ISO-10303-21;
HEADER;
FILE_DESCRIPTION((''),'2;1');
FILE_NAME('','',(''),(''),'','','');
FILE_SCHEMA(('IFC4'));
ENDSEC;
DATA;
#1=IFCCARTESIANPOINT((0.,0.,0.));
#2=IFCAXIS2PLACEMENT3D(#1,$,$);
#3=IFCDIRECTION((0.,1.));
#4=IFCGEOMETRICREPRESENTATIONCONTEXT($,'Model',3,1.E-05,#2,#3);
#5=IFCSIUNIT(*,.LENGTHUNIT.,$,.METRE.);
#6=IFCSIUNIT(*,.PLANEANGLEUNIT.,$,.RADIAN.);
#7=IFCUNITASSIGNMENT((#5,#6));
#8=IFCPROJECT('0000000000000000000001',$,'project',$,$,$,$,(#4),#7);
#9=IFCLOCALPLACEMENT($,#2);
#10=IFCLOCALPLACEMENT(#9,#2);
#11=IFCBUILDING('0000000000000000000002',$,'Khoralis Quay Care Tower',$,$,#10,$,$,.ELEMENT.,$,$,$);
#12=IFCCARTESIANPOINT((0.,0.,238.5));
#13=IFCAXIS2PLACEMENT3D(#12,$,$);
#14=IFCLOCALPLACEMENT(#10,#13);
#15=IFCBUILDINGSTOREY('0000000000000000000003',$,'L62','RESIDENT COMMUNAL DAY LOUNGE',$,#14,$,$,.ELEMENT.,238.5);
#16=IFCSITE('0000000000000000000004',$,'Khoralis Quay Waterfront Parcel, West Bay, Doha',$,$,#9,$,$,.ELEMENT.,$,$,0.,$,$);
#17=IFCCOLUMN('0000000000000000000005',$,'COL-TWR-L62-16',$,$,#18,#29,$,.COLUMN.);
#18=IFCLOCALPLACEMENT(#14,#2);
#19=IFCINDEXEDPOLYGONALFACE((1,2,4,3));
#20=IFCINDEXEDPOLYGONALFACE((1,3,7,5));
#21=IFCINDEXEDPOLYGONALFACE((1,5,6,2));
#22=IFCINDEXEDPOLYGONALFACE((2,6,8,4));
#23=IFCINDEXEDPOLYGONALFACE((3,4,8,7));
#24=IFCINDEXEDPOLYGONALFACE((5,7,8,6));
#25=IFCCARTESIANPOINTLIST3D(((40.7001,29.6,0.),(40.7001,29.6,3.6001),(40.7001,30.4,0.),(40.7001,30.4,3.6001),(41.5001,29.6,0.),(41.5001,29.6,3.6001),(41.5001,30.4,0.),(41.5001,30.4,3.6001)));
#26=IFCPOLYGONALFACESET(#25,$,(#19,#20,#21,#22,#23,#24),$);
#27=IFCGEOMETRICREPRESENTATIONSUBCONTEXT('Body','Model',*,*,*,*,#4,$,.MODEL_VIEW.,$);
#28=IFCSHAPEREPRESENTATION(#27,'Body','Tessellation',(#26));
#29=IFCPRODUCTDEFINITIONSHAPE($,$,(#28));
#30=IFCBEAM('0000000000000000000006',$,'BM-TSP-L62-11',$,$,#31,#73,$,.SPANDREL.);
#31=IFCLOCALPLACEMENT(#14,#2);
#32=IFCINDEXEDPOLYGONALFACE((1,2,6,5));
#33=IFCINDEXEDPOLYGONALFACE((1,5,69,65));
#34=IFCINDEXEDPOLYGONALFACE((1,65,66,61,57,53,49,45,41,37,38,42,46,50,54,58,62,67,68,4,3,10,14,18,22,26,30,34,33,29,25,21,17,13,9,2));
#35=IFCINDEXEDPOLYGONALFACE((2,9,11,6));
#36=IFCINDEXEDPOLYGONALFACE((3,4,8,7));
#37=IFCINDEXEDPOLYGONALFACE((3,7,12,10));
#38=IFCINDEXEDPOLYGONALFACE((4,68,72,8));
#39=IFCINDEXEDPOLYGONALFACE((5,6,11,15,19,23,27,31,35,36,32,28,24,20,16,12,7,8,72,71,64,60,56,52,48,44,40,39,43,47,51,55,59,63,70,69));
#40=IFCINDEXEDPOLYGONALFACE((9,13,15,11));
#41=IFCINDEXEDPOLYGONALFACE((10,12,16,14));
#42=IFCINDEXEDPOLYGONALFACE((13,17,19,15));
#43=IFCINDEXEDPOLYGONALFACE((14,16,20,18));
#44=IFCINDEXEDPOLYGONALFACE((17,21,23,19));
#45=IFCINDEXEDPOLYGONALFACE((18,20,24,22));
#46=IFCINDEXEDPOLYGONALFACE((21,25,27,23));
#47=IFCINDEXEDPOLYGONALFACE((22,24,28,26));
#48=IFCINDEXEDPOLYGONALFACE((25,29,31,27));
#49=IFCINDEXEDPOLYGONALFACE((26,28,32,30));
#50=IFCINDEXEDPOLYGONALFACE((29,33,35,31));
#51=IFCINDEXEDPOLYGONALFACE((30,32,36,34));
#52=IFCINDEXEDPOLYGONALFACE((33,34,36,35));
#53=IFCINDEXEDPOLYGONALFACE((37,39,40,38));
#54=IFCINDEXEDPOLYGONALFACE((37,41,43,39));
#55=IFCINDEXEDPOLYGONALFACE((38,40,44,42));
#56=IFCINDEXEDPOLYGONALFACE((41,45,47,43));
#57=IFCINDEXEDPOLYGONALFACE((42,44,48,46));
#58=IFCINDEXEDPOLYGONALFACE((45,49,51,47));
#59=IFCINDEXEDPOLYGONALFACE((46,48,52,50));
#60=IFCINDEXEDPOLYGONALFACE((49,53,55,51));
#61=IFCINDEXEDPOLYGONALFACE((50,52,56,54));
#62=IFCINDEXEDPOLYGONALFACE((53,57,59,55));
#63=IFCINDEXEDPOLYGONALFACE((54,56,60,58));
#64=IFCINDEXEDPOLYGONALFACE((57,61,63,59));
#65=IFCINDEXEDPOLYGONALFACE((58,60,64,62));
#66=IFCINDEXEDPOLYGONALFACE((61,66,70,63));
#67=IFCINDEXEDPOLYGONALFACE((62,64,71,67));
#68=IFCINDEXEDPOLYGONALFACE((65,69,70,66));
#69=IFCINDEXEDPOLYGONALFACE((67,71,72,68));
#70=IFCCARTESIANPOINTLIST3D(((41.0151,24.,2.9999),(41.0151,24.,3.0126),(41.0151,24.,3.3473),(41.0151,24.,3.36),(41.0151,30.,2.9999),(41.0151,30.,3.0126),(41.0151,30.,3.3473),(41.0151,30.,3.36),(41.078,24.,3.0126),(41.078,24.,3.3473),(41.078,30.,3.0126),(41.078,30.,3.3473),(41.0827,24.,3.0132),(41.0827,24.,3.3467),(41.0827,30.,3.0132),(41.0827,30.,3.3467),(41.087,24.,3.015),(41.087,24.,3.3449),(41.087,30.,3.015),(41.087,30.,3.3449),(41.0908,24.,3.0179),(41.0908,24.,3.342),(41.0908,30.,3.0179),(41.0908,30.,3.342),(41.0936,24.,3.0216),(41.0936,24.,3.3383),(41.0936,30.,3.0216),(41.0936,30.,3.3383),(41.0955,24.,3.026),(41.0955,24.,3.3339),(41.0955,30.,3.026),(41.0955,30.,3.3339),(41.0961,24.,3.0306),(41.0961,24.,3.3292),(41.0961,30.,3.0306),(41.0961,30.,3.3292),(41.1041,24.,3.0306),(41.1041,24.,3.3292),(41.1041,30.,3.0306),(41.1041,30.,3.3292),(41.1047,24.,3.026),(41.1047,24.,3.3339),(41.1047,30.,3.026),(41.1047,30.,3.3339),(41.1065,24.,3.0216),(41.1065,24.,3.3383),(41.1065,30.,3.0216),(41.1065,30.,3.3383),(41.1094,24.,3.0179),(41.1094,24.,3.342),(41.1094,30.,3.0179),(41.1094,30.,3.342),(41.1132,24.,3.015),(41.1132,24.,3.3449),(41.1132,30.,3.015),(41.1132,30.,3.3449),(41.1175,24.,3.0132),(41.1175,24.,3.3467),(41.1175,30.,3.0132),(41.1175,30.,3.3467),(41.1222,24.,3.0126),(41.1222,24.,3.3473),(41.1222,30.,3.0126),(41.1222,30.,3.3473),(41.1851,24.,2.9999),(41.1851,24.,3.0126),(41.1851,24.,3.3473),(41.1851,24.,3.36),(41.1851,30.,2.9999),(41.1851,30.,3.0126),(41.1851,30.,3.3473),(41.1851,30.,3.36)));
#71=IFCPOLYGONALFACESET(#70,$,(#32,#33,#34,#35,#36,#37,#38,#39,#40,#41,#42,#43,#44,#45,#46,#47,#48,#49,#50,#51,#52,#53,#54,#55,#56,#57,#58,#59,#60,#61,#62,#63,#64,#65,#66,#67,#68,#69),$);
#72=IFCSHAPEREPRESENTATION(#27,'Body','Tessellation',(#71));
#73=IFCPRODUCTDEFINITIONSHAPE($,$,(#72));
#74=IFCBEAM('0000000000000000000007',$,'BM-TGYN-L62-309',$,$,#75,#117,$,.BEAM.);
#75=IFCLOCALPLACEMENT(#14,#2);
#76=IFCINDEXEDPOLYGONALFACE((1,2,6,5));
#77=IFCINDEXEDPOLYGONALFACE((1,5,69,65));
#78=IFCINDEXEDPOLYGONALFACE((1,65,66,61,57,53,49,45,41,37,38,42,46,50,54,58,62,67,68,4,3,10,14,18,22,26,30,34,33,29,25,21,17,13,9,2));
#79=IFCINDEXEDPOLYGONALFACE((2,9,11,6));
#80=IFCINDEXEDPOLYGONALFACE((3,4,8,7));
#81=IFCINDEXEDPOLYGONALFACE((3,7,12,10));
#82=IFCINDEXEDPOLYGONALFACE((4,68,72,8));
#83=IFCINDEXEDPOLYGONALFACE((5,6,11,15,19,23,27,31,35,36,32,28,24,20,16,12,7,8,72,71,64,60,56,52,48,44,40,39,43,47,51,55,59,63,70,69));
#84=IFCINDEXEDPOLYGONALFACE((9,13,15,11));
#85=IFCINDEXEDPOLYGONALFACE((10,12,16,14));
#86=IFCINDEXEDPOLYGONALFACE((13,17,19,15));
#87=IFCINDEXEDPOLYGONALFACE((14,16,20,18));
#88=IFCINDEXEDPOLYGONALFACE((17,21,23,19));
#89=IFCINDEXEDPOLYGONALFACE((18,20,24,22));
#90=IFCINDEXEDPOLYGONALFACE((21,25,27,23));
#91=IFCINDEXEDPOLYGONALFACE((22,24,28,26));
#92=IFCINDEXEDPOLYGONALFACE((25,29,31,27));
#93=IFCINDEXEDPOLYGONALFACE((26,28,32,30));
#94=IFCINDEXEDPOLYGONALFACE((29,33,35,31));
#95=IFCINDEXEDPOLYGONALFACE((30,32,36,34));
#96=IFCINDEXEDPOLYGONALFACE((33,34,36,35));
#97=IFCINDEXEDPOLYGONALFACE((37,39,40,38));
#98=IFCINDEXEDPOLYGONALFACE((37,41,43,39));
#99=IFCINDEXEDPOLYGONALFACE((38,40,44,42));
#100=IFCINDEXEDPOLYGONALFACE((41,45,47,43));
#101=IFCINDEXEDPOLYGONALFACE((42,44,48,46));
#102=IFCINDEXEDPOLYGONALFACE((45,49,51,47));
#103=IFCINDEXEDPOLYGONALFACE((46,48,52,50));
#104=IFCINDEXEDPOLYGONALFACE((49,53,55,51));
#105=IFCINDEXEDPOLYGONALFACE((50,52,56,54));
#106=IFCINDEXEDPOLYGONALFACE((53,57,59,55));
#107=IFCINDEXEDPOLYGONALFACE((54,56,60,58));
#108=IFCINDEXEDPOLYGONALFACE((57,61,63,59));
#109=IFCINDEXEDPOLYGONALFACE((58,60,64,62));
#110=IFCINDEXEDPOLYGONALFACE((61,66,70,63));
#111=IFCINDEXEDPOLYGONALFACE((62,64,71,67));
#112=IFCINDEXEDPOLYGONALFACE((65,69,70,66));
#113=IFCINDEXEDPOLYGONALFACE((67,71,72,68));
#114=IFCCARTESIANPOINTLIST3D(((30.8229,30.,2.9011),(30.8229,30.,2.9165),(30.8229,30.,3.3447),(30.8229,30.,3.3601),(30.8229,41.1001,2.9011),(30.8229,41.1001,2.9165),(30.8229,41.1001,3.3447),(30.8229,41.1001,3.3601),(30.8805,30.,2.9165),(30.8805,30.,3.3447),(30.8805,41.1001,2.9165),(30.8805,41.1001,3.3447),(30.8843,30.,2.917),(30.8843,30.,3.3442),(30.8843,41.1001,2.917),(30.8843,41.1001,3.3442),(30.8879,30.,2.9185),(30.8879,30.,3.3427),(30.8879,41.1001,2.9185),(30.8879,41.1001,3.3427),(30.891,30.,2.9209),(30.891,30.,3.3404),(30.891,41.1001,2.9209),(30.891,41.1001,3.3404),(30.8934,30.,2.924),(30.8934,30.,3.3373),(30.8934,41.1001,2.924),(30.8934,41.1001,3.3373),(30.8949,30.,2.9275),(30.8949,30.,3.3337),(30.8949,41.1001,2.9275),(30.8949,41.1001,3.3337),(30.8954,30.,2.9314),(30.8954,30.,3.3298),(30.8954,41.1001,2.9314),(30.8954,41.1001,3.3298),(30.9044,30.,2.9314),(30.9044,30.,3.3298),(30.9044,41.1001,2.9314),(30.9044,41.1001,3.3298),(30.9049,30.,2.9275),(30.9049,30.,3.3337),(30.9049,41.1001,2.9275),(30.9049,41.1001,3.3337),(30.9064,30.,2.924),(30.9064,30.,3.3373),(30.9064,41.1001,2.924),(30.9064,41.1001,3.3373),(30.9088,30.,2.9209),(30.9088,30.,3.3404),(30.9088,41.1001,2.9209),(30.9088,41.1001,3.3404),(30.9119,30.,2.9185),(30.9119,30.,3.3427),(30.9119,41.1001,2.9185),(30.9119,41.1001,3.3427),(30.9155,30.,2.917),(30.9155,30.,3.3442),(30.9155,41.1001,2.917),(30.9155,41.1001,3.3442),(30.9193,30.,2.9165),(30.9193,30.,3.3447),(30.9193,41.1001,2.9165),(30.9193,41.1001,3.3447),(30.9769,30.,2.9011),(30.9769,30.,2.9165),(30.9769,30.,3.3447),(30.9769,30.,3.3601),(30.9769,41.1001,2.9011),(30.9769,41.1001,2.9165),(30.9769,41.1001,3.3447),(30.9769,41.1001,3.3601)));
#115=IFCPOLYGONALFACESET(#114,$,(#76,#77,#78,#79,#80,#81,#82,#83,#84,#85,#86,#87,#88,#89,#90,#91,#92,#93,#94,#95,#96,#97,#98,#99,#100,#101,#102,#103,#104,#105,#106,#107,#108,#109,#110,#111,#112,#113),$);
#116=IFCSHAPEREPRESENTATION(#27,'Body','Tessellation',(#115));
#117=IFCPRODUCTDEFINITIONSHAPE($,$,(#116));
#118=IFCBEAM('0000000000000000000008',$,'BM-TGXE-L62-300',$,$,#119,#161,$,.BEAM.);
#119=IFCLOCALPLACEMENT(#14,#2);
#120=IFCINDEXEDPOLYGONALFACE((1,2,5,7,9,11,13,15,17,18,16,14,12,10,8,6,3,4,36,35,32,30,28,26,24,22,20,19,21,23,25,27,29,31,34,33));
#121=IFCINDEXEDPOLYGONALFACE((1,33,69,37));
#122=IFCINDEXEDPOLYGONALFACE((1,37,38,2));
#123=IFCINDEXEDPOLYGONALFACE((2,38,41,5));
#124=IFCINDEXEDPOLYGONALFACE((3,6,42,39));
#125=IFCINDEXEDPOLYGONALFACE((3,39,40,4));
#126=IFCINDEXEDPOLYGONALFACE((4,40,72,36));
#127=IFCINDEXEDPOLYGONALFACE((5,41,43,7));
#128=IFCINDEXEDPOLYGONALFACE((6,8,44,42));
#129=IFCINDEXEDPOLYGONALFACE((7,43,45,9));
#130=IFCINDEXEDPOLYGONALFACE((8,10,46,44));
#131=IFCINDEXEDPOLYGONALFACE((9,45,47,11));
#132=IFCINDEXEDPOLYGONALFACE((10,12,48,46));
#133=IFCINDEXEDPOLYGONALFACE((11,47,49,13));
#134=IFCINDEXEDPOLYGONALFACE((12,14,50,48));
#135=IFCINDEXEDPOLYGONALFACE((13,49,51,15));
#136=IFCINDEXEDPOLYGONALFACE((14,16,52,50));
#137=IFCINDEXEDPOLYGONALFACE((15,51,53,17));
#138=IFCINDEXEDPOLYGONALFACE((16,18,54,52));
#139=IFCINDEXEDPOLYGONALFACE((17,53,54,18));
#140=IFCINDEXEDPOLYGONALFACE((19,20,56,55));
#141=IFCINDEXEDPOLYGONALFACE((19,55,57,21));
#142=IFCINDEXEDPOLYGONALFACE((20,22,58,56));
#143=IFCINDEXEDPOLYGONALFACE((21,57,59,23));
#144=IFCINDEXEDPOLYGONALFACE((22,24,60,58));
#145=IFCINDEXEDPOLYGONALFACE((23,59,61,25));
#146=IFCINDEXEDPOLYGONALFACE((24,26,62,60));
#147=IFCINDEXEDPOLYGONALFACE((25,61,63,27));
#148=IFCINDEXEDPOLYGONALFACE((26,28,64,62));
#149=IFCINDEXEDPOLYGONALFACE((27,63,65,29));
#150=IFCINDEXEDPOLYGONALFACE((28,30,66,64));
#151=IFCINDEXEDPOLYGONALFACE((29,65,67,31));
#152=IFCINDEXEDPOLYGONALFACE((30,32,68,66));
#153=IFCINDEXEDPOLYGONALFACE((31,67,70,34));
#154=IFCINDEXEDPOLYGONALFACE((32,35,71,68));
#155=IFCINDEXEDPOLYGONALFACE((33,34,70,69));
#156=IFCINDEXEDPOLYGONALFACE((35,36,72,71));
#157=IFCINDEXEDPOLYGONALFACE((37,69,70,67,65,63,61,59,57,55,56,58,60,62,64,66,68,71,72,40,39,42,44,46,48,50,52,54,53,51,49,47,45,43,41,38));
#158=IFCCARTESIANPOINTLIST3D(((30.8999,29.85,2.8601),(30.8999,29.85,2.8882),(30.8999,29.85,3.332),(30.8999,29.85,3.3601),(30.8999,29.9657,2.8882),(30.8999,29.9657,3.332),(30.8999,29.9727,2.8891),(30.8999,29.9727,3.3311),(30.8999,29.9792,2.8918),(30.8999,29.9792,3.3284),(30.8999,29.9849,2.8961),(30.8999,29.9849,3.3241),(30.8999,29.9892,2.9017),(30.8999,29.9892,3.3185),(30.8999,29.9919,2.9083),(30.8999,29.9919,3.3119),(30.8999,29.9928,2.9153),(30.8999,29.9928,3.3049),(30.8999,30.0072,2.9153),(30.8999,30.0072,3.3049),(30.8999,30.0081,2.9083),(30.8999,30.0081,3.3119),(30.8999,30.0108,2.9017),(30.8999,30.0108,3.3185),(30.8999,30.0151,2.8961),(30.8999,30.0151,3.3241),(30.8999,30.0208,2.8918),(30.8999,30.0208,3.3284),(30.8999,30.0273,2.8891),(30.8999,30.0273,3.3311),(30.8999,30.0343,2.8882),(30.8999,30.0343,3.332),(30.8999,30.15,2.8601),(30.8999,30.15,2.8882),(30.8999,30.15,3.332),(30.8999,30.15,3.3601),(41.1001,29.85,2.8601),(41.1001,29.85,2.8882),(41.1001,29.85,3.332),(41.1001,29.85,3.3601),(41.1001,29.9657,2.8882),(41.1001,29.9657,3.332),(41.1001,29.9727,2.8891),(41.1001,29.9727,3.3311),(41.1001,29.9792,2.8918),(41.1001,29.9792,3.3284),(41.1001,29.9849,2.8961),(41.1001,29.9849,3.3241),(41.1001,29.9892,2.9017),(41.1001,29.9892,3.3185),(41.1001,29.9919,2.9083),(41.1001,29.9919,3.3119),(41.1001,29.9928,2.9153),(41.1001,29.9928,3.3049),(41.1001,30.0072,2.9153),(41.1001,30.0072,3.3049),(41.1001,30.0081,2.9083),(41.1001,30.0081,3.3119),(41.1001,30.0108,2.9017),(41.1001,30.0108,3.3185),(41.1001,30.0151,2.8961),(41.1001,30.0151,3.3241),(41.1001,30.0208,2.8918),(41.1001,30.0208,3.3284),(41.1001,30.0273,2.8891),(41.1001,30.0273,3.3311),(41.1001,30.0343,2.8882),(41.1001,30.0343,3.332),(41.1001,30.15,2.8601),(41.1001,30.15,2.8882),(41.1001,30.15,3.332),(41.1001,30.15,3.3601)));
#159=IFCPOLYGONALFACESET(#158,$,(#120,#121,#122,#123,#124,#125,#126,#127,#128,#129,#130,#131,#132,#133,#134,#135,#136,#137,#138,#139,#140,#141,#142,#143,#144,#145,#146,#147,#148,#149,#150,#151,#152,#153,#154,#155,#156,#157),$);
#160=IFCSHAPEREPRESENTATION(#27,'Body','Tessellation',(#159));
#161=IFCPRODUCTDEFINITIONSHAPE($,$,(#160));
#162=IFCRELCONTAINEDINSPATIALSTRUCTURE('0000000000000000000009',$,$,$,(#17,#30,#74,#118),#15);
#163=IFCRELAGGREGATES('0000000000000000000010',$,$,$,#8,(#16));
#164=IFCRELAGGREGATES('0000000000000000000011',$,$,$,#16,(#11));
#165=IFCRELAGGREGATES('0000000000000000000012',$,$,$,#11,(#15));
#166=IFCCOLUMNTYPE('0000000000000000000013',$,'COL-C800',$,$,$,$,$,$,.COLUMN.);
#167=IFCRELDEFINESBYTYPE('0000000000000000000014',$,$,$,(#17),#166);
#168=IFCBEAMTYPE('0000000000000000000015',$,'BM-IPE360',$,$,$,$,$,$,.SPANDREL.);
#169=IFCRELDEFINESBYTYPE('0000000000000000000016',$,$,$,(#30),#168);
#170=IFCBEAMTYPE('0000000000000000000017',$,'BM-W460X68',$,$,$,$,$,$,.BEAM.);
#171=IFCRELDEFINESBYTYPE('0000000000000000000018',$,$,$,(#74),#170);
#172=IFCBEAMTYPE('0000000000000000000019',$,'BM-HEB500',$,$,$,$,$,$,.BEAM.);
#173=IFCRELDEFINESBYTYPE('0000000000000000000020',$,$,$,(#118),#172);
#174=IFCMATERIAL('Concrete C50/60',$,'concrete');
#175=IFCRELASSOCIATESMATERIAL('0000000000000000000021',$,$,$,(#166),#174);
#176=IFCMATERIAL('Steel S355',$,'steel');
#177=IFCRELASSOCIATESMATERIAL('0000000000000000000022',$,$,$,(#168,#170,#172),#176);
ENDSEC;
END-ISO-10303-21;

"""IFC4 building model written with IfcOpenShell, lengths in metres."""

from ifc_helpers import new_model, si_unit, direction, frame, origin, origin_2d, place, context, subcontext, project, spatial, rectangle, i_section, extrude, source, transform, mapped, material, material_profile, profile_set, type_object, element, save


model = new_model("IFC4")

# Units and contexts
model_context = context("Model", 3, precision=1e-05, world=origin(), true_north=direction((0.0, 1.0)))
body_context = subcontext(model_context, "Body", "Model", "MODEL_VIEW")
ifc_project = project(units=[si_unit("LENGTHUNIT", "METRE"), si_unit("PLANEANGLEUNIT", "RADIAN")], contexts=[model_context])

# Site, building, storey
site_placement = place(None, origin())
site = spatial("IfcSite", under=ifc_project, at=site_placement, Name="Khoralis Quay Waterfront Parcel, West Bay, Doha", CompositionType="ELEMENT", RefElevation=0.0)
building_placement = place(site_placement, origin())
building = spatial("IfcBuilding", under=site, at=building_placement, Name="Khoralis Quay Care Tower", CompositionType="ELEMENT")
storey_placement = place(building_placement, frame((0.0, 0.0, 238.5)))
storey = spatial("IfcBuildingStorey", under=building, at=storey_placement, Name="L62", Description="RESIDENT COMMUNAL DAY LOUNGE", CompositionType="ELEMENT", Elevation=238.5)

# Column
ifc_material_1 = material(Name="Concrete C50/60", Category="concrete")
ifc_material_profile_1 = material_profile(ifc_material_1, rectangle(XDim=0.8, YDim=0.8, at=origin_2d()), Name="Concrete C50/60")
ifc_profile_set_1 = profile_set([ifc_material_profile_1], Name="Concrete C50/60")
column_type = type_object("IfcColumnType", Name="COL-C800", PredefinedType="COLUMN", material=ifc_profile_set_1)
shared_shape_1 = source(origin(), body_context, "Body", "SweptSolid", [
    extrude(rectangle(XDim=0.8, YDim=0.8, at=origin_2d()), origin(), (0.0, 0.0, 1.0), 3.6001),
])
column_placement = place(storey_placement, frame((41.1001, 30.0, 0.0), z_axis=(0.0, 0.0, 1.0), x_axis=(1.0, 0.0, 0.0)))
element("IfcColumn", 1, at=column_placement, inside=storey, type_object=column_type, Name="COL-TWR-L62-16", PredefinedType="COLUMN", context=body_context, shape_type="MappedRepresentation", body=[
    mapped(shared_shape_1, transform((0.0, 0.0, 0.0), scale=1.0)),
])

# Beams
ifc_material_2 = material(Name="Steel S355", Category="steel")
ifc_material_profile_2 = material_profile(ifc_material_2, i_section(OverallWidth=0.1699, OverallDepth=0.3601, WebThickness=0.0081, FlangeThickness=0.0127, FilletRadius=0.0181, at=origin_2d()), Name="Steel S355")
ifc_profile_set_2 = profile_set([ifc_material_profile_2], Name="Steel S355")
beam_type_1 = type_object("IfcBeamType", Name="BM-IPE360", PredefinedType="SPANDREL", material=ifc_profile_set_2)
shared_shape_2 = source(origin(), body_context, "Body", "SweptSolid", [
    extrude(i_section(OverallWidth=0.1699, OverallDepth=0.3601, WebThickness=0.0081, FlangeThickness=0.0127, FilletRadius=0.0181, at=origin_2d()), origin(), (0.0, 0.0, 1.0), 6.0),
])
beam_1_placement = place(storey_placement, frame((41.1001, 24.0, 3.1799), z_axis=(0.0, 1.0, 0.0), x_axis=(-1.0, 0.0, 0.0)))
element("IfcBeam", 2, at=beam_1_placement, inside=storey, type_object=beam_type_1, Name="BM-TSP-L62-11", PredefinedType="SPANDREL", context=body_context, shape_type="MappedRepresentation", body=[
    mapped(shared_shape_2, transform((0.0, 0.0, 0.0), scale=1.0)),
])
ifc_material_profile_3 = material_profile(ifc_material_2, i_section(OverallWidth=0.1541, OverallDepth=0.459, WebThickness=0.009, FlangeThickness=0.0154, FilletRadius=0.0149, at=origin_2d()), Name="Steel S355")
ifc_profile_set_3 = profile_set([ifc_material_profile_3], Name="Steel S355")
beam_type_2 = type_object("IfcBeamType", Name="BM-W460X68", PredefinedType="BEAM", material=ifc_profile_set_3)
shared_shape_3 = source(origin(), body_context, "Body", "SweptSolid", [
    extrude(i_section(OverallWidth=0.1541, OverallDepth=0.459, WebThickness=0.009, FlangeThickness=0.0154, FilletRadius=0.0149, at=origin_2d()), origin(), (0.0, 0.0, 1.0), 11.1001),
])
beam_2_placement = place(storey_placement, frame((30.8999, 30.0, 3.1306), z_axis=(0.0, 1.0, 0.0), x_axis=(-1.0, 0.0, 0.0)))
element("IfcBeam", 3, at=beam_2_placement, inside=storey, type_object=beam_type_2, Name="BM-TGYN-L62-309", PredefinedType="BEAM", context=body_context, shape_type="MappedRepresentation", body=[
    mapped(shared_shape_3, transform((0.0, 0.0, 0.0), scale=1.0)),
])
ifc_material_profile_4 = material_profile(ifc_material_2, i_section(OverallWidth=0.3, OverallDepth=0.5, WebThickness=0.0144, FlangeThickness=0.0281, FilletRadius=0.0271, at=origin_2d()), Name="Steel S355")
ifc_profile_set_4 = profile_set([ifc_material_profile_4], Name="Steel S355")
beam_type_3 = type_object("IfcBeamType", Name="BM-HEB500", PredefinedType="BEAM", material=ifc_profile_set_4)
shared_shape_4 = source(origin(), body_context, "Body", "SweptSolid", [
    extrude(i_section(OverallWidth=0.3, OverallDepth=0.5, WebThickness=0.0144, FlangeThickness=0.0281, FilletRadius=0.0271, at=origin_2d()), origin(), (0.0, 0.0, 1.0), 10.2002),
])
beam_3_placement = place(storey_placement, frame((30.8999, 30.0, 3.1101), z_axis=(1.0, 0.0, 0.0), x_axis=(0.0, 1.0, 0.0)))
element("IfcBeam", 4, at=beam_3_placement, inside=storey, type_object=beam_type_3, Name="BM-TGXE-L62-300", PredefinedType="BEAM", context=body_context, shape_type="MappedRepresentation", body=[
    mapped(shared_shape_4, transform((0.0, 0.0, 0.0), scale=1.0)),
])

save(model, "model.ifc")
